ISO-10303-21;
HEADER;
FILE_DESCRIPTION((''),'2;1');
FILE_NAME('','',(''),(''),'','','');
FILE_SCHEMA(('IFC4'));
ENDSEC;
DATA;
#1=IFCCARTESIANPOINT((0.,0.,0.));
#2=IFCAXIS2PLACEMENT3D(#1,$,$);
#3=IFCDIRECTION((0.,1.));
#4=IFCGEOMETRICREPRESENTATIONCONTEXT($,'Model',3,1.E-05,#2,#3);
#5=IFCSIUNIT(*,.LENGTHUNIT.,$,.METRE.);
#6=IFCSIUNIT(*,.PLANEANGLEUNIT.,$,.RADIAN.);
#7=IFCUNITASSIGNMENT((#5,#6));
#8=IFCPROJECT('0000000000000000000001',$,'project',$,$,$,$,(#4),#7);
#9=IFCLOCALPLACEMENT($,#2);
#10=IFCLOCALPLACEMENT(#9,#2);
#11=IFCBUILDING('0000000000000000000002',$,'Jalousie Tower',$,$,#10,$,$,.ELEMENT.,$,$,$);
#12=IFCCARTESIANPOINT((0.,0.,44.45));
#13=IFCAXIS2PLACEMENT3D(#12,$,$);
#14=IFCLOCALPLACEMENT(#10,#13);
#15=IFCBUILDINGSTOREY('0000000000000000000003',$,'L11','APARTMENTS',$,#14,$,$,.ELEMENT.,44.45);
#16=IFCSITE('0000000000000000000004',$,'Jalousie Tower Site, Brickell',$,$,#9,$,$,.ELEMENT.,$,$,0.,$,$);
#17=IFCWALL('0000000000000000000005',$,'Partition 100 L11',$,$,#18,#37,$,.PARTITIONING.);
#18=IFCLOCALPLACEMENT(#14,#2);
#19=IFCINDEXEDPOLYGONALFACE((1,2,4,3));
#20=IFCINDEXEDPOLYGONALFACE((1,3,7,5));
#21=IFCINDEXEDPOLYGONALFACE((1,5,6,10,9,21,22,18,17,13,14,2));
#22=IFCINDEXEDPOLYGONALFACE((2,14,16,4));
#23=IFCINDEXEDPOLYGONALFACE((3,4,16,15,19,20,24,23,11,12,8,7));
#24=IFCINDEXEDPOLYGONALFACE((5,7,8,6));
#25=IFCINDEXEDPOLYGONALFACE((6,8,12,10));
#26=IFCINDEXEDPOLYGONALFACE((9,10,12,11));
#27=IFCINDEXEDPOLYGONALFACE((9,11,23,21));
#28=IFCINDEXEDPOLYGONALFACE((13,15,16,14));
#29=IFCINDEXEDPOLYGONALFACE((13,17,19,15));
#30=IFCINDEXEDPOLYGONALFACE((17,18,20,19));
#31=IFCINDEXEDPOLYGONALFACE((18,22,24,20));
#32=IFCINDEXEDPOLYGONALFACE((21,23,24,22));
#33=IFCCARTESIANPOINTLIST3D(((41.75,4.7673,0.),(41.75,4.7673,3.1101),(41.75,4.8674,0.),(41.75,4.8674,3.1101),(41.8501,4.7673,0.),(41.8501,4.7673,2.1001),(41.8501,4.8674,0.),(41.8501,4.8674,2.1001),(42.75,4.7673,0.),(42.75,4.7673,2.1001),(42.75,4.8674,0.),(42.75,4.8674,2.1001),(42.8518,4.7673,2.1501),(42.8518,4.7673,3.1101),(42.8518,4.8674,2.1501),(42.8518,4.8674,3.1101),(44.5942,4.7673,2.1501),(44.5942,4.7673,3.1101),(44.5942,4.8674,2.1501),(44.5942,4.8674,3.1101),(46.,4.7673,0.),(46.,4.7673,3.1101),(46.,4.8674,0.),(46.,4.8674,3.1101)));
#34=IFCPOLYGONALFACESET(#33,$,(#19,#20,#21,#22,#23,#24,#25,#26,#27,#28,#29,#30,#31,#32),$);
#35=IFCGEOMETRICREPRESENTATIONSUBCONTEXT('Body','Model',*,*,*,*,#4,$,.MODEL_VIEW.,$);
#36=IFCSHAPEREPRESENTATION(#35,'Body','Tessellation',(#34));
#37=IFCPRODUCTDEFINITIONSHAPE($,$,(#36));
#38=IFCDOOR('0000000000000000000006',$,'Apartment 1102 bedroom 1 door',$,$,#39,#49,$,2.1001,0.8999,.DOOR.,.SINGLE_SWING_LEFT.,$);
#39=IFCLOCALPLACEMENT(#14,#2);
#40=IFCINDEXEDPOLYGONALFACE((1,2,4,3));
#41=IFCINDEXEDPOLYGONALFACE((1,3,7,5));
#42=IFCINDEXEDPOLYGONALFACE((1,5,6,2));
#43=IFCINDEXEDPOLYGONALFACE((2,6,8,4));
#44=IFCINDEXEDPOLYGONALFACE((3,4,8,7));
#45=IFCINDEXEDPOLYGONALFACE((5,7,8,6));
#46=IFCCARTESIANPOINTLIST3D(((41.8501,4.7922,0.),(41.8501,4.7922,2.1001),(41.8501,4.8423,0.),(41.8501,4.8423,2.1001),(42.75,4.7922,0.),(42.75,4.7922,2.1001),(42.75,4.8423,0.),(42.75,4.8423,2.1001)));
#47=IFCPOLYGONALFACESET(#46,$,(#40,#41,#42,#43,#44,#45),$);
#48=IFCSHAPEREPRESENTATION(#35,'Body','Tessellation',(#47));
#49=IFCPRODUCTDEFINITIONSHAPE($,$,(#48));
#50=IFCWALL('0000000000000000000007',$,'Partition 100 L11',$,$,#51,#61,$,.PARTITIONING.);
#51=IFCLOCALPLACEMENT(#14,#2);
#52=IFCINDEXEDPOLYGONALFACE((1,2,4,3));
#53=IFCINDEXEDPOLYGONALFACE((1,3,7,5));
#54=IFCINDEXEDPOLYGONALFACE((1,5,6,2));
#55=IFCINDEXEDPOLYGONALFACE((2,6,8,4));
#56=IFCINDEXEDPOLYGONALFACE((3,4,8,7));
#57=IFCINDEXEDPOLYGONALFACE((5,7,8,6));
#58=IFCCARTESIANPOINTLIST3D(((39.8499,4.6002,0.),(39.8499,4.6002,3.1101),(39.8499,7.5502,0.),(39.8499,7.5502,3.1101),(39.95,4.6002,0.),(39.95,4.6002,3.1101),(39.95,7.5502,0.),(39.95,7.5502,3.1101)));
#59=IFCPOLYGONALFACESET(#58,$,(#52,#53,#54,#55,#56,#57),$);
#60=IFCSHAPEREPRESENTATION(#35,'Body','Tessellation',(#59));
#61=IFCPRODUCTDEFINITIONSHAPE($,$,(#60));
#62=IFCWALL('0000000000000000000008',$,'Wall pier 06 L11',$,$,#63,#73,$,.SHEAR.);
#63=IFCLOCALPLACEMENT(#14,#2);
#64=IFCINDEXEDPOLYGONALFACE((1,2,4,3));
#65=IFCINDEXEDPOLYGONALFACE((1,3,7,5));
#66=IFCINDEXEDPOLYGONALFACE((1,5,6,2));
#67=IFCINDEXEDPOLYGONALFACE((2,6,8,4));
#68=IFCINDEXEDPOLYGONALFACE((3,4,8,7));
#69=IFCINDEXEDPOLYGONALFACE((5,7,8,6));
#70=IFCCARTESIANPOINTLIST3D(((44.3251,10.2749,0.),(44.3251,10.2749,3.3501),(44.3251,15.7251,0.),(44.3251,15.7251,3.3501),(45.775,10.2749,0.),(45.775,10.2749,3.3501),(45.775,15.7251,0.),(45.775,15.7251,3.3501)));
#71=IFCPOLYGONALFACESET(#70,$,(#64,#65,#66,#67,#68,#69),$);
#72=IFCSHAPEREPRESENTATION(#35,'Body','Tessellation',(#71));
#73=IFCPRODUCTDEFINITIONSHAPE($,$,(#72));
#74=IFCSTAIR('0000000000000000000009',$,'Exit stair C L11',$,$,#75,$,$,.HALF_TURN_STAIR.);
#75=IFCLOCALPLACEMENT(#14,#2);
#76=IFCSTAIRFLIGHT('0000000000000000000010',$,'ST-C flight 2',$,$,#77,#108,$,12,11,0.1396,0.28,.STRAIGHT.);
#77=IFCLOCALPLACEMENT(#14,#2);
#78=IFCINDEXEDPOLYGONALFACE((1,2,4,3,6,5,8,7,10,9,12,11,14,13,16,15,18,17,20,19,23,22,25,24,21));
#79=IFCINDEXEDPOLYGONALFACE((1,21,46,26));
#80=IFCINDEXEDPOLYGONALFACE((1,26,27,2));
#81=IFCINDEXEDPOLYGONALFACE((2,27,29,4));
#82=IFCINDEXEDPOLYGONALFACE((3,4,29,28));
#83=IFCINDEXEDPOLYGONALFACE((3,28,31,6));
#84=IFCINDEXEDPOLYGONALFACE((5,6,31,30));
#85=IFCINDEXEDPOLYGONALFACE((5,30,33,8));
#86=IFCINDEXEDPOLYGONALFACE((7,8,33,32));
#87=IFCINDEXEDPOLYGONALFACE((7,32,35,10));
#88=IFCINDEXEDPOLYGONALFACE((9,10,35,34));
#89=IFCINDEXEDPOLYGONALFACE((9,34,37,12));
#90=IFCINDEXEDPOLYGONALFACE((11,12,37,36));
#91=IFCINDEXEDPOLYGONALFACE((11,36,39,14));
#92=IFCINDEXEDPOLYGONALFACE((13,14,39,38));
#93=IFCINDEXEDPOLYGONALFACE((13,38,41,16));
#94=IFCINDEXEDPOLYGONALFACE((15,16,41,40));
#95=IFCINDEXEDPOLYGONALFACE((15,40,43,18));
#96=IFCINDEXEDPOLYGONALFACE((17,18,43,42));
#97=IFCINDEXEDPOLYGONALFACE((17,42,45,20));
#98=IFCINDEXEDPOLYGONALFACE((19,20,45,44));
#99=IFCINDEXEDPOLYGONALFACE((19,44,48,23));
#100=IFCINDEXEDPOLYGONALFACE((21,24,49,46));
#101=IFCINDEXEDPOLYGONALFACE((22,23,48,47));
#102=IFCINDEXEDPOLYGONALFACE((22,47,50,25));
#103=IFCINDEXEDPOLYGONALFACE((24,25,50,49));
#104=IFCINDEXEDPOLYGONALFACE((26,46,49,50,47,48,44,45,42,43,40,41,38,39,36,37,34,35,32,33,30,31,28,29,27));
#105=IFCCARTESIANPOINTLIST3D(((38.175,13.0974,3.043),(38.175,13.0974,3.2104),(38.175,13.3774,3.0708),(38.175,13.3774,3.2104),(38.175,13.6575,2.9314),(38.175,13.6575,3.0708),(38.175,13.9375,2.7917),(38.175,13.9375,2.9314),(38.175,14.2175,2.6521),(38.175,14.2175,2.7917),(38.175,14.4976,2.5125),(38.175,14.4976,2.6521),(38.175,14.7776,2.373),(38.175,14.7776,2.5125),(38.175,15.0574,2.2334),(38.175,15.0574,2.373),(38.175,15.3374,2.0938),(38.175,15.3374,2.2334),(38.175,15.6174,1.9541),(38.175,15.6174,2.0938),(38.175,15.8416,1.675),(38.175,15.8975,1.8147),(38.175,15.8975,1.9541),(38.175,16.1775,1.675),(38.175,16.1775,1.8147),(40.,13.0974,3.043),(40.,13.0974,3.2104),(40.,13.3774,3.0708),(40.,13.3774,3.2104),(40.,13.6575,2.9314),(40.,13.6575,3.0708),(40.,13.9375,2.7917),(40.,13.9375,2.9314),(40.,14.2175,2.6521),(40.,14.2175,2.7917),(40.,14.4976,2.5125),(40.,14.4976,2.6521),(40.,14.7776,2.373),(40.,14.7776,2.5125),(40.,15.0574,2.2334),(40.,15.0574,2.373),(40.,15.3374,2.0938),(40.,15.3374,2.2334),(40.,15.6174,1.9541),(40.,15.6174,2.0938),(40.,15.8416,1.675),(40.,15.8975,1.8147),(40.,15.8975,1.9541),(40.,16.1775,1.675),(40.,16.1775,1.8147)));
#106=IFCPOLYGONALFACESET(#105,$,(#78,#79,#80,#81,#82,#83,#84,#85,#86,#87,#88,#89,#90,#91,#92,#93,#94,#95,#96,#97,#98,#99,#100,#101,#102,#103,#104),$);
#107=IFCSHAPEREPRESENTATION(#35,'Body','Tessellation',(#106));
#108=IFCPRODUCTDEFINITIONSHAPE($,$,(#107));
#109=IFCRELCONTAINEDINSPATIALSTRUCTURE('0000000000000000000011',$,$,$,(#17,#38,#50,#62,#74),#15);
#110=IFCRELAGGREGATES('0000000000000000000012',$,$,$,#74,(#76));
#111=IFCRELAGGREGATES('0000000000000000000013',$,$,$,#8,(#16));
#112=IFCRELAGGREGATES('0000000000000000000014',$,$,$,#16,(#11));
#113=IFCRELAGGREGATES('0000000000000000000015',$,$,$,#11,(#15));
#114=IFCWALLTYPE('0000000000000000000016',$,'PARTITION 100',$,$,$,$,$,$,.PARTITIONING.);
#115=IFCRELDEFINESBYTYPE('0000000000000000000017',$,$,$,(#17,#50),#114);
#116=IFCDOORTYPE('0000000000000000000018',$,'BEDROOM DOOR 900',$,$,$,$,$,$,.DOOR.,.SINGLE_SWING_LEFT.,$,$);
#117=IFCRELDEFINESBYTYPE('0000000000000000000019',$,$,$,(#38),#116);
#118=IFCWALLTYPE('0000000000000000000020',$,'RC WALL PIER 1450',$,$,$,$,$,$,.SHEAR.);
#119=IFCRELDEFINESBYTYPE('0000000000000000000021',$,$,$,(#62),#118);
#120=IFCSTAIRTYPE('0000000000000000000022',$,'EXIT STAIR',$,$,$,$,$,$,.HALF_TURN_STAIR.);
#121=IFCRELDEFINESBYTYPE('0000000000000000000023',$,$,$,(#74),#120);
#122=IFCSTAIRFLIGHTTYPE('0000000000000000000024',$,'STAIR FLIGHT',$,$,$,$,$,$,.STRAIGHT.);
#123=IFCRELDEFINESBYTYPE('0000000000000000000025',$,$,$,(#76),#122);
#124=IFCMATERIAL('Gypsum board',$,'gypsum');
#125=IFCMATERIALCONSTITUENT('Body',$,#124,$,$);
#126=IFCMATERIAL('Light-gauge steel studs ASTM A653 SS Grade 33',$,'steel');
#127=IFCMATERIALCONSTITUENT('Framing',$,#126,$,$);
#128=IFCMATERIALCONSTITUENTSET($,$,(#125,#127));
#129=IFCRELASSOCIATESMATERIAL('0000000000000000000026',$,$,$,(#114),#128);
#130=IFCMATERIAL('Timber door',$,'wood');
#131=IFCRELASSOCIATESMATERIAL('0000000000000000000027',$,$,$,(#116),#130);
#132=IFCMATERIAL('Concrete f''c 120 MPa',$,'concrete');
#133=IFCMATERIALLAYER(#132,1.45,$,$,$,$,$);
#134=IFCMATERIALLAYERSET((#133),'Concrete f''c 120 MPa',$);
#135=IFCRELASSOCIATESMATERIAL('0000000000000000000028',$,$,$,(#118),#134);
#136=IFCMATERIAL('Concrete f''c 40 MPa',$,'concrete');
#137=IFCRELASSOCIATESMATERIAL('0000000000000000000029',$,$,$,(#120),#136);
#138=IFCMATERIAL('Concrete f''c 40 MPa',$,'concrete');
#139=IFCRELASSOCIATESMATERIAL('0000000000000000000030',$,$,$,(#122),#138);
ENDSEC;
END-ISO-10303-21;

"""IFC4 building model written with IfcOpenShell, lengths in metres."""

from ifc_helpers import new_model, si_unit, direction, frame, frame_2d, origin, place, context, subcontext, project, spatial, polyline, rectangle, outline, extrude, material, layer, layer_set, constituent, constituent_set, type_object, element, fill, aggregate, save


model = new_model("IFC4")

# Units and contexts
model_context = context("Model", 3, precision=1e-05, world=origin(), true_north=direction((0.0, 1.0)))
body_context = subcontext(model_context, "Body", "Model", "MODEL_VIEW")
ifc_project = project(units=[si_unit("LENGTHUNIT", "METRE"), si_unit("PLANEANGLEUNIT", "RADIAN")], contexts=[model_context])

# Site, building, storey
site_placement = place(None, origin())
site = spatial("IfcSite", under=ifc_project, at=site_placement, Name="Jalousie Tower Site, Brickell", CompositionType="ELEMENT", RefElevation=0.0)
building_placement = place(site_placement, origin())
building = spatial("IfcBuilding", under=site, at=building_placement, Name="Jalousie Tower", CompositionType="ELEMENT")
storey_placement = place(building_placement, frame((0.0, 0.0, 44.45)))
storey = spatial("IfcBuildingStorey", under=building, at=storey_placement, Name="L11", Description="APARTMENTS", CompositionType="ELEMENT", Elevation=44.45)

# Wall, opening, door
ifc_material_1 = material(Name="Gypsum board", Category="gypsum")
ifc_constituent_1 = constituent(ifc_material_1, Name="Body")
ifc_material_2 = material(Name="Light-gauge steel studs ASTM A653 SS Grade 33", Category="steel")
ifc_constituent_2 = constituent(ifc_material_2, Name="Framing")
ifc_constituent_set_1 = constituent_set(constituents=[ifc_constituent_1, ifc_constituent_2])
wall_type_1 = type_object("IfcWallType", Name="PARTITION 100", PredefinedType="PARTITIONING", material=ifc_constituent_set_1)
wall_1_placement = place(storey_placement, frame((41.75, 4.8174, 0.0), z_axis=(0.0, 0.0, 1.0), x_axis=(1.0, 0.0, 0.0)))
wall_1 = element("IfcWall", 1, at=wall_1_placement, inside=storey, type_object=wall_type_1, Name="Partition 100 L11", PredefinedType="PARTITIONING", context=body_context, shape_type="SweptSolid", body=[
    extrude(outline(polyline([(0.0, 0.0), (4.25, 0.0), (4.25, 3.1101), (2.8442, 3.1101), (2.8442, 2.1501), (1.1018, 2.1501), (1.1018, 3.1101), (0.0, 3.1101), (0.0, 0.0)])), frame((0.0, 0.05, 0.0), z_axis=(0.0, -1.0, 0.0), x_axis=(1.0, 0.0, 0.0)), (0.0, 0.0, 1.0), 0.1001),
])
opening_1_placement = place(wall_1_placement, frame((0.1001, 0.0, 0.0)))
opening_1 = element("IfcOpeningElement", 2, at=opening_1_placement, cuts=wall_1, PredefinedType="OPENING", context=body_context, shape_type="SweptSolid", body=[
    extrude(rectangle(XDim=0.8999, YDim=2.1001, at=frame_2d((0.45, 1.05))), frame((0.0, 0.0601, 0.0), z_axis=(0.0, -1.0, 0.0), x_axis=(1.0, 0.0, 0.0)), (0.0, 0.0, 1.0), 0.1201),
])
ifc_material_3 = material(Name="Timber door", Category="wood")
door_type_1 = type_object("IfcDoorType", Name="BEDROOM DOOR 900", OperationType="SINGLE_SWING_LEFT", PredefinedType="DOOR", material=ifc_material_3)
door_1_placement = place(opening_1_placement, origin())
door_1 = element("IfcDoor", 3, at=door_1_placement, inside=storey, type_object=door_type_1, Name="Apartment 1102 bedroom 1 door", OperationType="SINGLE_SWING_LEFT", OverallHeight=2.1001, OverallWidth=0.8999, PredefinedType="DOOR", context=body_context, shape_type="SweptSolid", body=[
    extrude(rectangle(XDim=0.8999, YDim=2.1001, at=frame_2d((0.45, 1.05))), frame((0.0, 0.0249, 0.0), z_axis=(0.0, -1.0, 0.0), x_axis=(1.0, 0.0, 0.0)), (0.0, 0.0, 1.0), 0.05),
])
fill(opening_1, door_1)

# Walls
wall_2_placement = place(storey_placement, frame((39.8999, 4.6001, 0.0), z_axis=(0.0, 0.0, 1.0), x_axis=(0.0, 1.0, 0.0)))
element("IfcWall", 4, at=wall_2_placement, inside=storey, type_object=wall_type_1, Name="Partition 100 L11", PredefinedType="PARTITIONING", context=body_context, shape_type="SweptSolid", body=[
    extrude(rectangle(XDim=2.95, YDim=0.1001, at=frame_2d((1.4751, 0.0))), origin(), (0.0, 0.0, 1.0), 3.1101),
])
ifc_material_4 = material(Name="Concrete f'c 120 MPa", Category="concrete")
ifc_layer_1 = layer(ifc_material_4, 1.45)
ifc_layer_set_1 = layer_set([ifc_layer_1], Name="Concrete f'c 120 MPa")
wall_type_2 = type_object("IfcWallType", Name="RC WALL PIER 1450", PredefinedType="SHEAR", material=ifc_layer_set_1)
wall_3_placement = place(storey_placement, frame((45.05, 10.2749, 0.0), z_axis=(0.0, 0.0, 1.0), x_axis=(0.0, 1.0, 0.0)))
element("IfcWall", 5, at=wall_3_placement, inside=storey, type_object=wall_type_2, Name="Wall pier 06 L11", PredefinedType="SHEAR", context=body_context, shape_type="SweptSolid", body=[
    extrude(rectangle(XDim=5.4502, YDim=1.45, at=frame_2d((2.7251, 0.0))), origin(), (0.0, 0.0, 1.0), 3.3501),
])

# Stair, stair flight
ifc_material_5 = material(Name="Concrete f'c 40 MPa", Category="concrete")
stair_type = type_object("IfcStairType", Name="EXIT STAIR", PredefinedType="HALF_TURN_STAIR", material=ifc_material_5)
stair_placement = place(storey_placement, origin())
stair = element("IfcStair", 6, at=stair_placement, inside=storey, type_object=stair_type, Name="Exit stair C L11", PredefinedType="HALF_TURN_STAIR")
ifc_material_6 = material(Name="Concrete f'c 40 MPa", Category="concrete")
stair_flight_type = type_object("IfcStairFlightType", Name="STAIR FLIGHT", PredefinedType="STRAIGHT", material=ifc_material_6)
stair_flight_placement = place(storey_placement, frame((39.0874, 16.1775, 1.675), z_axis=(0.0, 0.0, 1.0), x_axis=(0.0, -1.0, 0.0)))
stair_flight = element("IfcStairFlight", 7, at=stair_flight_placement, type_object=stair_flight_type, Name="ST-C flight 2", NumberOfRisers=12, NumberOfTreads=11, PredefinedType="STRAIGHT", RiserHeight=0.1396, TreadLength=0.28, context=body_context, shape_type="SweptSolid", body=[
    extrude(outline(polyline([(0.0, 0.0), (0.0, 0.1396), (0.28, 0.1396), (0.28, 0.2791), (0.5601, 0.2791), (0.5601, 0.4187), (0.8401, 0.4187), (0.8401, 0.5583), (1.1201, 0.5583), (1.1201, 0.698), (1.3999, 0.698), (1.3999, 0.8374), (1.6799, 0.8374), (1.6799, 0.9771), (1.96, 0.9771), (1.96, 1.1167), (2.24, 1.1167), (2.24, 1.2563), (2.52, 1.2563), (2.52, 1.3958), (2.8, 1.3958), (2.8, 1.5354), (3.0801, 1.5354), (3.0801, 1.675), (3.0801, 1.3679), (0.3359, 0.0), (0.0, 0.0)])), frame((0.0, 0.9126, 0.0), z_axis=(0.0, -1.0, 0.0), x_axis=(1.0, 0.0, 0.0)), (0.0, 0.0, 1.0), 1.825),
])
aggregate(stair, [stair_flight])

save(model, "model.ifc")
